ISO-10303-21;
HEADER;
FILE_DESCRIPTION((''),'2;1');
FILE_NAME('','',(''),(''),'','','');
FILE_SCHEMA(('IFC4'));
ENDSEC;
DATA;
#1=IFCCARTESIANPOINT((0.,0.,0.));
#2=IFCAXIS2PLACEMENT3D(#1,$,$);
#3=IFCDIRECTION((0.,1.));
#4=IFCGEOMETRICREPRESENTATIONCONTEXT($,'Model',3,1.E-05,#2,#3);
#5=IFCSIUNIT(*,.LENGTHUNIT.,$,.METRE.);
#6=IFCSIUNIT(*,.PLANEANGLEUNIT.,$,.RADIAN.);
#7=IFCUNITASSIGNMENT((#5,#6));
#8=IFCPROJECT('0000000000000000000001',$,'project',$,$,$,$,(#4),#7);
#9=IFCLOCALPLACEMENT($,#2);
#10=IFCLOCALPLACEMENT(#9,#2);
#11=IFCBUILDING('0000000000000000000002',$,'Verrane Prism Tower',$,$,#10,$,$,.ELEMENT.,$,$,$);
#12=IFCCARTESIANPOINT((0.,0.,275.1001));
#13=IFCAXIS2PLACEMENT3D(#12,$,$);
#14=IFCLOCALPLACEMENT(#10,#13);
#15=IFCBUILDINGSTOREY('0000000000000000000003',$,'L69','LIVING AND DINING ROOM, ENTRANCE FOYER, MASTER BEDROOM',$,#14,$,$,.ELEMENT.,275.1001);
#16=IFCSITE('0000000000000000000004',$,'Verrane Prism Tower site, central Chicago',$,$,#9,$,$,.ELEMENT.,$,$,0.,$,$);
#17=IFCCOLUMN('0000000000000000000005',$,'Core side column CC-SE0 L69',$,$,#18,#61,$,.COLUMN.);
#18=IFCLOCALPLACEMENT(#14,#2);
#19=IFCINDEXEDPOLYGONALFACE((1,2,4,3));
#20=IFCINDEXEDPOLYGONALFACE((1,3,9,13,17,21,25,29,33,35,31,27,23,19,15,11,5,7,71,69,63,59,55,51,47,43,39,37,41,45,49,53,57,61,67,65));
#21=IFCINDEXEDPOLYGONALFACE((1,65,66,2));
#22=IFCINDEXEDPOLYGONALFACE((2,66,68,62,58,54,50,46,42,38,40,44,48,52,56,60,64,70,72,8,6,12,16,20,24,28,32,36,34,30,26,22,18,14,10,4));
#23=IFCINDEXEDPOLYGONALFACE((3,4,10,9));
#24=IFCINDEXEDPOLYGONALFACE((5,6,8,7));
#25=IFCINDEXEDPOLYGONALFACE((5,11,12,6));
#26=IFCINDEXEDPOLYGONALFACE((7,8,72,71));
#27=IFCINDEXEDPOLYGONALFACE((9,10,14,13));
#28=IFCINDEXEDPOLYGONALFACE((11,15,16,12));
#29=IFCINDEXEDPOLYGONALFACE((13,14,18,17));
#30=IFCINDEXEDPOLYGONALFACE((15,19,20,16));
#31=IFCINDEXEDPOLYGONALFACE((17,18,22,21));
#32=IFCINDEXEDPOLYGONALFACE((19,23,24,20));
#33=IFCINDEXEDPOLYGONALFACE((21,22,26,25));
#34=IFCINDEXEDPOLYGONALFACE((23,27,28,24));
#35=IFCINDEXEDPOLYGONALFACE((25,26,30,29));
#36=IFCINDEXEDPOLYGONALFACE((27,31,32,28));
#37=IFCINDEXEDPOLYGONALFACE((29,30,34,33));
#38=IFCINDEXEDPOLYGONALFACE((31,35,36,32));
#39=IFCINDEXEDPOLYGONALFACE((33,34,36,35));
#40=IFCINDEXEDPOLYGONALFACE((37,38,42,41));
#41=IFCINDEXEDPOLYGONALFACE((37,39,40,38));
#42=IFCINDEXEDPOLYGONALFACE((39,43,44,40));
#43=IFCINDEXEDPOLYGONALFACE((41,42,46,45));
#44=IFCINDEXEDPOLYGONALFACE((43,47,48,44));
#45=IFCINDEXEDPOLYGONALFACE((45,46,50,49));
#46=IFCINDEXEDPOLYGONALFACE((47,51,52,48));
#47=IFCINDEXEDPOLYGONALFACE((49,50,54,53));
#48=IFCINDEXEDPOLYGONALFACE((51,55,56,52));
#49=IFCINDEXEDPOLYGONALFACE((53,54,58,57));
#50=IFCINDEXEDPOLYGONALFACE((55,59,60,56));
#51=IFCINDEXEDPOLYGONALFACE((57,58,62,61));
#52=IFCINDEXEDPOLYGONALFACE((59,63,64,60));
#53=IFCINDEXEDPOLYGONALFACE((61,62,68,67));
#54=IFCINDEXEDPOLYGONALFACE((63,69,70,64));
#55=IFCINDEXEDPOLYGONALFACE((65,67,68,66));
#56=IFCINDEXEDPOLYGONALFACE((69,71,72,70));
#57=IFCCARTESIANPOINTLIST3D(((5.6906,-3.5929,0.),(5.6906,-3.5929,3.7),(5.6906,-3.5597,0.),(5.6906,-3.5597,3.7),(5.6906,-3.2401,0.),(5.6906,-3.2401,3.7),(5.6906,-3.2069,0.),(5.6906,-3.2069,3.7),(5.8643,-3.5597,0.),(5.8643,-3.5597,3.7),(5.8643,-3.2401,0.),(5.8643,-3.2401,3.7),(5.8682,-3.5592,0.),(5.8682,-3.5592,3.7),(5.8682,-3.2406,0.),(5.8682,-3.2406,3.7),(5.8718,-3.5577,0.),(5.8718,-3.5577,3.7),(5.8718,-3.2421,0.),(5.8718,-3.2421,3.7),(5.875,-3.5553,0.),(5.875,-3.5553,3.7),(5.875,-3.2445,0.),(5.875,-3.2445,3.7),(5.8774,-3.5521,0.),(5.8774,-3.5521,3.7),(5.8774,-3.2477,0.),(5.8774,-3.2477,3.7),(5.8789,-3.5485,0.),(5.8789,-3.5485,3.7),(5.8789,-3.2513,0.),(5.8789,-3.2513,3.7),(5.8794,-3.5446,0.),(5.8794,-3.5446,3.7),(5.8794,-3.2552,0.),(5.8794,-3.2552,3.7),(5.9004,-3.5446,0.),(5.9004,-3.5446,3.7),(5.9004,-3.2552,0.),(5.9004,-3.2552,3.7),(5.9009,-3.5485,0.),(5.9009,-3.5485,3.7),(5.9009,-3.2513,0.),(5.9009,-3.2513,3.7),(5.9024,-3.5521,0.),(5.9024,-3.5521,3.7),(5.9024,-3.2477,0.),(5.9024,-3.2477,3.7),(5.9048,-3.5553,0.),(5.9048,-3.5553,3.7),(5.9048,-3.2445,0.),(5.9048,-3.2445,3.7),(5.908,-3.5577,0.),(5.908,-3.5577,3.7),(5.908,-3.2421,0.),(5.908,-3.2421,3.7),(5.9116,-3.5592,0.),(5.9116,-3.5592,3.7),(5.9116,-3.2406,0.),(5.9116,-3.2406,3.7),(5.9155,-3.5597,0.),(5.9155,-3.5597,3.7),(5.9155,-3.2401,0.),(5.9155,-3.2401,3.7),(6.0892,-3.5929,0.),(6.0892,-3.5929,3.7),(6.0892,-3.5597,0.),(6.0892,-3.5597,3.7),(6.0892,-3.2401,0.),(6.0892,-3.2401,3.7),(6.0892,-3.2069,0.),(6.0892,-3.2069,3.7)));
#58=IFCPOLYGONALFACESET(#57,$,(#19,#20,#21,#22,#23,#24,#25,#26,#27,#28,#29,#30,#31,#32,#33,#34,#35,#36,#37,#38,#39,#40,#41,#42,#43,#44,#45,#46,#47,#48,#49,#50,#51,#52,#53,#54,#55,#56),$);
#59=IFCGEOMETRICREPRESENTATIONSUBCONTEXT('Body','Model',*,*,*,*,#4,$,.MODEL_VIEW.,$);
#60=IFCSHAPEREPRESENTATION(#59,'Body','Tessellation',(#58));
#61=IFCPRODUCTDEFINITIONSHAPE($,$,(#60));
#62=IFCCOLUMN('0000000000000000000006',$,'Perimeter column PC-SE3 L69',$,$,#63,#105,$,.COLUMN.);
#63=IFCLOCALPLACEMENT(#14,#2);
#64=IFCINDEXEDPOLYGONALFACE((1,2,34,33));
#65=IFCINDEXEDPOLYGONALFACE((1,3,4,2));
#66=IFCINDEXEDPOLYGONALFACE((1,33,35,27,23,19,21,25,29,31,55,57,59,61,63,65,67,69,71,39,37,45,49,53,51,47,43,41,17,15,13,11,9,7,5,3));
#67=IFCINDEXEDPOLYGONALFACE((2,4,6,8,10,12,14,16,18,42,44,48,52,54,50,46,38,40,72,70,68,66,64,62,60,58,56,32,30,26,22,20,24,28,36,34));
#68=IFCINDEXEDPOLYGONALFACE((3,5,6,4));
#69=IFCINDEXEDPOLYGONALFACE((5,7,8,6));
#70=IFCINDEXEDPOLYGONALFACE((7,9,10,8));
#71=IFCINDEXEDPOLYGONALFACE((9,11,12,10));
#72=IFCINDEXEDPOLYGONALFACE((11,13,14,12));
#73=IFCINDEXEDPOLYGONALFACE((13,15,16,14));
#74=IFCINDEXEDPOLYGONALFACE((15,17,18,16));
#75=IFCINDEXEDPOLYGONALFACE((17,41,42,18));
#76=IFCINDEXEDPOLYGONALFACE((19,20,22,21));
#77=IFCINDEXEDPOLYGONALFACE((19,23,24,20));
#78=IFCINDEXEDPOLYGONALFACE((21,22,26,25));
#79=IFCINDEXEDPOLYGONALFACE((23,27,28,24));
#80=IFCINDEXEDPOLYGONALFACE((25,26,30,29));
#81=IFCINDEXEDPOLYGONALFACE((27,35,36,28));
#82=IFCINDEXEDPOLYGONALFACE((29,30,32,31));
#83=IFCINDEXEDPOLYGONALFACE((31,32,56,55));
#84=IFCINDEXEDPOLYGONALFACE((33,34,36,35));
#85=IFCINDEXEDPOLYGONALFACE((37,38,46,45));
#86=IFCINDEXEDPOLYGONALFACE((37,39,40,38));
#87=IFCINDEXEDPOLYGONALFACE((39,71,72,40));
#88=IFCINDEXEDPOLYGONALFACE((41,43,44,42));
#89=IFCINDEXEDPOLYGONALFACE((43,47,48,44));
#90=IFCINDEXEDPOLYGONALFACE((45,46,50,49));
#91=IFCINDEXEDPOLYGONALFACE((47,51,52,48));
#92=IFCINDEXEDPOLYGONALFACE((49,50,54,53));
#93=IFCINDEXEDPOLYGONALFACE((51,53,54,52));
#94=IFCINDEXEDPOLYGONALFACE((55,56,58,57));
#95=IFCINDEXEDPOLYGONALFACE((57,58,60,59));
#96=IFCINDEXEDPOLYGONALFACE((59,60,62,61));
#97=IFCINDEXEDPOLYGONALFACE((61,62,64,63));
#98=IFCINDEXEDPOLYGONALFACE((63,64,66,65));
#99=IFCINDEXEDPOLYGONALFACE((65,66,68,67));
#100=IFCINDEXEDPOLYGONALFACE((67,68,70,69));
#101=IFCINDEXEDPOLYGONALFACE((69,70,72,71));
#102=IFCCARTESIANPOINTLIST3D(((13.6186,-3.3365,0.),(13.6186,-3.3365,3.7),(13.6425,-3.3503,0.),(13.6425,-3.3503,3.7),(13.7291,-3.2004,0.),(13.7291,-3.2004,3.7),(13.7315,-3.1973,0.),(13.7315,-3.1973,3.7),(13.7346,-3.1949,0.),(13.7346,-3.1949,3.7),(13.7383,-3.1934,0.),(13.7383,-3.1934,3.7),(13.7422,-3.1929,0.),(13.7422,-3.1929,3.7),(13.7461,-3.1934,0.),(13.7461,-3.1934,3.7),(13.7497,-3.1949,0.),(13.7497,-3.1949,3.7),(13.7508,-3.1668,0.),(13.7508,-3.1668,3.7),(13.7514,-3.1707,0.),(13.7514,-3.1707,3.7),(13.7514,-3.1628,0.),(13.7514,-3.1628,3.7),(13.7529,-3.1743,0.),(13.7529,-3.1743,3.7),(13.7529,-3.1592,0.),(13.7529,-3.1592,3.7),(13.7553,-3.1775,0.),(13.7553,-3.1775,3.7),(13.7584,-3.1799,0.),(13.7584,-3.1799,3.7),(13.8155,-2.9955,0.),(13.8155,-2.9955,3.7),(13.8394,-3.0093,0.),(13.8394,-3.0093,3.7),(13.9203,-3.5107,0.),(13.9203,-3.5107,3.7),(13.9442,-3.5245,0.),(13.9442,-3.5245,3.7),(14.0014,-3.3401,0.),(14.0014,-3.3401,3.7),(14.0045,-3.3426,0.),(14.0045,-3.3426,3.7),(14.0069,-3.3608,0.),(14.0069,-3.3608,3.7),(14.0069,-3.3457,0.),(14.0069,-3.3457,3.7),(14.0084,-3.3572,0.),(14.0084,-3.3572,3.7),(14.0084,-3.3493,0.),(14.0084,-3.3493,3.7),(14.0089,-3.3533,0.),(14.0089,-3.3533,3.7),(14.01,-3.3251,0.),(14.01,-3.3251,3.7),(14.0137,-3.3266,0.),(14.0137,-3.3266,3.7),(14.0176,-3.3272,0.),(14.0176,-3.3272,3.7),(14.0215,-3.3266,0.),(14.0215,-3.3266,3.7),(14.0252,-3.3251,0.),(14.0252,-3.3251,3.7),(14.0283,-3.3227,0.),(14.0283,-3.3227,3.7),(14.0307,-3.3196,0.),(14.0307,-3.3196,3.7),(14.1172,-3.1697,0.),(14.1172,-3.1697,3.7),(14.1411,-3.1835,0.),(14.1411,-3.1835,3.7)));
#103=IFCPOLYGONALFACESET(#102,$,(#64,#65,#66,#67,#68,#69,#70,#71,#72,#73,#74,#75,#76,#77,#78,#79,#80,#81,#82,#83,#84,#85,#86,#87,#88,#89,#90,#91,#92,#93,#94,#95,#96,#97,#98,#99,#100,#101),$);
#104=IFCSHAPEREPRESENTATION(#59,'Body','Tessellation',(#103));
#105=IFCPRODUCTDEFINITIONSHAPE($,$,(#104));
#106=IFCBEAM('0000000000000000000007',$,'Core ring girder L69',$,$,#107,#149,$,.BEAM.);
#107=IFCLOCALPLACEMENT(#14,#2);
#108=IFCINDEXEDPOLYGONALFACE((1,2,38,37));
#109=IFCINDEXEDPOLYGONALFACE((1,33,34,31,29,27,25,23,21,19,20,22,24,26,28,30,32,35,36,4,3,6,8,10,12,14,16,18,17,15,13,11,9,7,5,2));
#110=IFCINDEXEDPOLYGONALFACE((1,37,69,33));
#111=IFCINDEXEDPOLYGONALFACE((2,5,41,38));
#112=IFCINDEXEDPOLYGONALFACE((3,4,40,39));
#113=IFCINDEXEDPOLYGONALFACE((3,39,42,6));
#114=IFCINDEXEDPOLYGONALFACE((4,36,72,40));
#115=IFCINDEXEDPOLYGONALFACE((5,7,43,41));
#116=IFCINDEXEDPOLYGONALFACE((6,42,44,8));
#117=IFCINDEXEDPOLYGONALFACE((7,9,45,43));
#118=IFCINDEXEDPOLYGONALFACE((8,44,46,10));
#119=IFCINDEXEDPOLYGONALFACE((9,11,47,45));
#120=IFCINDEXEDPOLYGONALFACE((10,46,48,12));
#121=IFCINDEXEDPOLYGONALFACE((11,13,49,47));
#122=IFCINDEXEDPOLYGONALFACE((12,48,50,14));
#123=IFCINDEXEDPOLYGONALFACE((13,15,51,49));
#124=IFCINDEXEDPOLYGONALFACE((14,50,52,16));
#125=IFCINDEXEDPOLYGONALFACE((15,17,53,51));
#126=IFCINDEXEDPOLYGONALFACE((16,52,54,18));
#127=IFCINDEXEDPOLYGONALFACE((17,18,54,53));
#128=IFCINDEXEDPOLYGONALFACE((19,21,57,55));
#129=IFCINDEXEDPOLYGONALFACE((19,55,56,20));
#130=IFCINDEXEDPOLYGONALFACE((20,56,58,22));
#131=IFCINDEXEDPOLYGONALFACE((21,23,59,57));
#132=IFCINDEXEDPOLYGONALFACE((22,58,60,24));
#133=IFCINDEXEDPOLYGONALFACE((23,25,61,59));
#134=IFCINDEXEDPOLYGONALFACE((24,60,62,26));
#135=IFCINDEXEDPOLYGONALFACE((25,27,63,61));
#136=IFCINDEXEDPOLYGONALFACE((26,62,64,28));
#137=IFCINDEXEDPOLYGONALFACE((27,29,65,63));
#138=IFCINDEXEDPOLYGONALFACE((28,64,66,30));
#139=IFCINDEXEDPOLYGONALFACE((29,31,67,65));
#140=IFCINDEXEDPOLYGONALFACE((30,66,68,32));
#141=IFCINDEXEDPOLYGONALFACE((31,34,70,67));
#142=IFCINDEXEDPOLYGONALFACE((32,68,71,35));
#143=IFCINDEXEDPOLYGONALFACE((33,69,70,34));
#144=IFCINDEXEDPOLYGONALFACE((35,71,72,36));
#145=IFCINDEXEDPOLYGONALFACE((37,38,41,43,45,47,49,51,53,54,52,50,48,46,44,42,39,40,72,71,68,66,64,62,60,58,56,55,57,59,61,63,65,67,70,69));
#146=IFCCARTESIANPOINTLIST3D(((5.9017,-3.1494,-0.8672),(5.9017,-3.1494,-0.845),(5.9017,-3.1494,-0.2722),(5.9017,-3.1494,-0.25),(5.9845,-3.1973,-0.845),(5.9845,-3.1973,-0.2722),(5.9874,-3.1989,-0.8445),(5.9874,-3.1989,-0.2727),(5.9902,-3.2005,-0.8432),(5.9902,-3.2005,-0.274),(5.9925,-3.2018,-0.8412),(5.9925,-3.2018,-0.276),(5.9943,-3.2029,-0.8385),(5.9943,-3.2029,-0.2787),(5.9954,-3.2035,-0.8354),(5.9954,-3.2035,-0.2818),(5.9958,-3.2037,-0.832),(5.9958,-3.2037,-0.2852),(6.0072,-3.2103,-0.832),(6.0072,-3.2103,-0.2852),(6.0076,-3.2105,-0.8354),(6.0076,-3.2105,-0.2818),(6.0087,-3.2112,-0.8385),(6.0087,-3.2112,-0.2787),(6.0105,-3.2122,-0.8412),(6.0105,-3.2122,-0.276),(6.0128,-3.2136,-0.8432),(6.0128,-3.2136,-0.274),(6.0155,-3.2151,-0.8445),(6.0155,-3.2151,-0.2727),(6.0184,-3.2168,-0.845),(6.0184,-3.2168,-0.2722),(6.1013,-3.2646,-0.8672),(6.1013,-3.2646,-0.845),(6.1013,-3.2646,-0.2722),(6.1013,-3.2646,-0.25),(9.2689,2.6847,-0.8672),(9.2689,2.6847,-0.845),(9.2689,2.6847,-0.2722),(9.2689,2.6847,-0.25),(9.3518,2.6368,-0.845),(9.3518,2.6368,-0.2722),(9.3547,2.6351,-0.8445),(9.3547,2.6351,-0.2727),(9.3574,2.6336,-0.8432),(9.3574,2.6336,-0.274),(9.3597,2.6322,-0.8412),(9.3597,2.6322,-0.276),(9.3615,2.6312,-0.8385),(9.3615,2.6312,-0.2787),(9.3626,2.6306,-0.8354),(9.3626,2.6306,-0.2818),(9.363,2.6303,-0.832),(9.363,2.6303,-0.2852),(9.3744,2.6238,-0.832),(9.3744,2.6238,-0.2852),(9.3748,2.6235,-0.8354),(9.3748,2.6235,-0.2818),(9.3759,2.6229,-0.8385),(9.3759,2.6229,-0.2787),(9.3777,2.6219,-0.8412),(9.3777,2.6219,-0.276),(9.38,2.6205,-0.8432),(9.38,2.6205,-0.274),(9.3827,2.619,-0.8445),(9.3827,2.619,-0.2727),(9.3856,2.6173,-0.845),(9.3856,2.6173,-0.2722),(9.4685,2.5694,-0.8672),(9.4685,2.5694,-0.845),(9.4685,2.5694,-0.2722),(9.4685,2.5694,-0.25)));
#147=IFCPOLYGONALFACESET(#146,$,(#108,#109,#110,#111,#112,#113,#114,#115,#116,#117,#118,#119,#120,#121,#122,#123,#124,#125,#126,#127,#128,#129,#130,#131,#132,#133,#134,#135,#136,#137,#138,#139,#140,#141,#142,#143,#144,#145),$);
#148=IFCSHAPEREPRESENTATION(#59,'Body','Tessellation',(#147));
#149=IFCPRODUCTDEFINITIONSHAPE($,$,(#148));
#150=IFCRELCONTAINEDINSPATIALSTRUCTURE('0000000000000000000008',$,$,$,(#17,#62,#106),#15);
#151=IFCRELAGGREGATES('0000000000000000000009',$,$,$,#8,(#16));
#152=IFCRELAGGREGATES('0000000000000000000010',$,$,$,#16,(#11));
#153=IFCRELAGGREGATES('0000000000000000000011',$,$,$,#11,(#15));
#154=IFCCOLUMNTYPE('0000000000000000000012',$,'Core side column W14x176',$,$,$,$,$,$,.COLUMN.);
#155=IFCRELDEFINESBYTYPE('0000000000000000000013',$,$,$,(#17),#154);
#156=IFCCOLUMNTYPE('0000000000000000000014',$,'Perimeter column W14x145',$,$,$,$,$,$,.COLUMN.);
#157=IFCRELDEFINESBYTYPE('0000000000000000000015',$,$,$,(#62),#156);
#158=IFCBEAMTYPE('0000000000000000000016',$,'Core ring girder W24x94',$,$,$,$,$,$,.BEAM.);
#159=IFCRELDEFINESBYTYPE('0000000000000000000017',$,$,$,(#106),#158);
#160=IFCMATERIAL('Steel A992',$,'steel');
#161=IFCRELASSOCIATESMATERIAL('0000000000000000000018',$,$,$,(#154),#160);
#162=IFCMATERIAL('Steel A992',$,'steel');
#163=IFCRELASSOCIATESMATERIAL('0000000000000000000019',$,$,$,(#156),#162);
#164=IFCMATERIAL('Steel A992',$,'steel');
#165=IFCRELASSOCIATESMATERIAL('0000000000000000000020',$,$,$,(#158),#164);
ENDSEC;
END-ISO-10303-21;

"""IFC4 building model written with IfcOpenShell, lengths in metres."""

from ifc_helpers import new_model, si_unit, direction, frame, origin, origin_2d, place, context, subcontext, project, spatial, i_section, extrude, material, material_profile, profile_set, type_object, element, save


model = new_model("IFC4")

# Units and contexts
model_context = context("Model", 3, precision=1e-05, world=origin(), true_north=direction((0.0, 1.0)))
body_context = subcontext(model_context, "Body", "Model", "MODEL_VIEW")
ifc_project = project(units=[si_unit("LENGTHUNIT", "METRE"), si_unit("PLANEANGLEUNIT", "RADIAN")], contexts=[model_context])

# Site, building, storey
site_placement = place(None, origin())
site = spatial("IfcSite", under=ifc_project, at=site_placement, Name="Verrane Prism Tower site, central Chicago", CompositionType="ELEMENT", RefElevation=0.0)
building_placement = place(site_placement, origin())
building = spatial("IfcBuilding", under=site, at=building_placement, Name="Verrane Prism Tower", CompositionType="ELEMENT")
storey_placement = place(building_placement, frame((0.0, 0.0, 275.1001)))
storey = spatial("IfcBuildingStorey", under=building, at=storey_placement, Name="L69", Description="LIVING AND DINING ROOM, ENTRANCE FOYER, MASTER BEDROOM", CompositionType="ELEMENT", Elevation=275.1001)

# Columns
ifc_material_1 = material(Name="Steel A992", Category="steel")
ifc_material_profile_1 = material_profile(ifc_material_1, i_section(OverallWidth=0.3987, OverallDepth=0.386, WebThickness=0.021, FlangeThickness=0.0332, FilletRadius=0.0151, at=origin_2d()), Name="W14x176")
ifc_profile_set_1 = profile_set([ifc_material_profile_1], Name="Steel A992")
column_type_1 = type_object("IfcColumnType", Name="Core side column W14x176", PredefinedType="COLUMN", material=ifc_profile_set_1)
column_1_placement = place(storey_placement, frame((5.8899, -3.3999, 0.0), z_axis=(0.0, 0.0, 1.0), x_axis=(1.0, 0.0, 0.0)))
element("IfcColumn", 1, at=column_1_placement, inside=storey, type_object=column_type_1, Name="Core side column CC-SE0 L69", PredefinedType="COLUMN", context=body_context, shape_type="SweptSolid", body=[
    extrude(i_section(OverallWidth=0.3987, OverallDepth=0.386, WebThickness=0.021, FlangeThickness=0.0332, FilletRadius=0.0151, at=origin_2d()), origin(), (0.0, 0.0, 1.0), 3.7),
])
ifc_material_2 = material(Name="Steel A992", Category="steel")
ifc_material_profile_2 = material_profile(ifc_material_2, i_section(OverallWidth=0.3938, OverallDepth=0.376, WebThickness=0.0173, FlangeThickness=0.0276, FilletRadius=0.0151, at=origin_2d()), Name="W14x145")
ifc_profile_set_2 = profile_set([ifc_material_profile_2], Name="Steel A992")
column_type_2 = type_object("IfcColumnType", Name="Perimeter column W14x145", PredefinedType="COLUMN", material=ifc_profile_set_2)
column_2_placement = place(storey_placement, frame((13.8799, -3.26, 0.0), z_axis=(0.0, 0.0, 1.0), x_axis=(-0.5, -0.866025, 0.0)))
element("IfcColumn", 2, at=column_2_placement, inside=storey, type_object=column_type_2, Name="Perimeter column PC-SE3 L69", PredefinedType="COLUMN", context=body_context, shape_type="SweptSolid", body=[
    extrude(i_section(OverallWidth=0.3938, OverallDepth=0.376, WebThickness=0.0173, FlangeThickness=0.0276, FilletRadius=0.0151, at=origin_2d()), origin(), (0.0, 0.0, 1.0), 3.7),
])

# Beam
ifc_material_3 = material(Name="Steel A992", Category="steel")
ifc_material_profile_3 = material_profile(ifc_material_3, i_section(OverallWidth=0.2305, OverallDepth=0.6172, WebThickness=0.0132, FlangeThickness=0.0222, FilletRadius=0.0129, at=origin_2d()), Name="W24x94")
ifc_profile_set_3 = profile_set([ifc_material_profile_3], Name="Steel A992")
beam_type_1 = type_object("IfcBeamType", Name="Core ring girder W24x94", PredefinedType="BEAM", material=ifc_profile_set_3)
beam_1_placement = place(storey_placement, frame((6.0015, -3.207, -0.5586), z_axis=(0.499881, 0.866094, 0.0), x_axis=(-0.866094, 0.499881, 0.0)))
element("IfcBeam", 3, at=beam_1_placement, inside=storey, type_object=beam_type_1, Name="Core ring girder L69", PredefinedType="BEAM", context=body_context, shape_type="SweptSolid", body=[
    extrude(i_section(OverallWidth=0.2305, OverallDepth=0.6172, WebThickness=0.0132, FlangeThickness=0.0222, FilletRadius=0.0129, at=origin_2d()), origin(), (0.0, 0.0, 1.0), 6.7361),
])

save(model, "model.ifc")
